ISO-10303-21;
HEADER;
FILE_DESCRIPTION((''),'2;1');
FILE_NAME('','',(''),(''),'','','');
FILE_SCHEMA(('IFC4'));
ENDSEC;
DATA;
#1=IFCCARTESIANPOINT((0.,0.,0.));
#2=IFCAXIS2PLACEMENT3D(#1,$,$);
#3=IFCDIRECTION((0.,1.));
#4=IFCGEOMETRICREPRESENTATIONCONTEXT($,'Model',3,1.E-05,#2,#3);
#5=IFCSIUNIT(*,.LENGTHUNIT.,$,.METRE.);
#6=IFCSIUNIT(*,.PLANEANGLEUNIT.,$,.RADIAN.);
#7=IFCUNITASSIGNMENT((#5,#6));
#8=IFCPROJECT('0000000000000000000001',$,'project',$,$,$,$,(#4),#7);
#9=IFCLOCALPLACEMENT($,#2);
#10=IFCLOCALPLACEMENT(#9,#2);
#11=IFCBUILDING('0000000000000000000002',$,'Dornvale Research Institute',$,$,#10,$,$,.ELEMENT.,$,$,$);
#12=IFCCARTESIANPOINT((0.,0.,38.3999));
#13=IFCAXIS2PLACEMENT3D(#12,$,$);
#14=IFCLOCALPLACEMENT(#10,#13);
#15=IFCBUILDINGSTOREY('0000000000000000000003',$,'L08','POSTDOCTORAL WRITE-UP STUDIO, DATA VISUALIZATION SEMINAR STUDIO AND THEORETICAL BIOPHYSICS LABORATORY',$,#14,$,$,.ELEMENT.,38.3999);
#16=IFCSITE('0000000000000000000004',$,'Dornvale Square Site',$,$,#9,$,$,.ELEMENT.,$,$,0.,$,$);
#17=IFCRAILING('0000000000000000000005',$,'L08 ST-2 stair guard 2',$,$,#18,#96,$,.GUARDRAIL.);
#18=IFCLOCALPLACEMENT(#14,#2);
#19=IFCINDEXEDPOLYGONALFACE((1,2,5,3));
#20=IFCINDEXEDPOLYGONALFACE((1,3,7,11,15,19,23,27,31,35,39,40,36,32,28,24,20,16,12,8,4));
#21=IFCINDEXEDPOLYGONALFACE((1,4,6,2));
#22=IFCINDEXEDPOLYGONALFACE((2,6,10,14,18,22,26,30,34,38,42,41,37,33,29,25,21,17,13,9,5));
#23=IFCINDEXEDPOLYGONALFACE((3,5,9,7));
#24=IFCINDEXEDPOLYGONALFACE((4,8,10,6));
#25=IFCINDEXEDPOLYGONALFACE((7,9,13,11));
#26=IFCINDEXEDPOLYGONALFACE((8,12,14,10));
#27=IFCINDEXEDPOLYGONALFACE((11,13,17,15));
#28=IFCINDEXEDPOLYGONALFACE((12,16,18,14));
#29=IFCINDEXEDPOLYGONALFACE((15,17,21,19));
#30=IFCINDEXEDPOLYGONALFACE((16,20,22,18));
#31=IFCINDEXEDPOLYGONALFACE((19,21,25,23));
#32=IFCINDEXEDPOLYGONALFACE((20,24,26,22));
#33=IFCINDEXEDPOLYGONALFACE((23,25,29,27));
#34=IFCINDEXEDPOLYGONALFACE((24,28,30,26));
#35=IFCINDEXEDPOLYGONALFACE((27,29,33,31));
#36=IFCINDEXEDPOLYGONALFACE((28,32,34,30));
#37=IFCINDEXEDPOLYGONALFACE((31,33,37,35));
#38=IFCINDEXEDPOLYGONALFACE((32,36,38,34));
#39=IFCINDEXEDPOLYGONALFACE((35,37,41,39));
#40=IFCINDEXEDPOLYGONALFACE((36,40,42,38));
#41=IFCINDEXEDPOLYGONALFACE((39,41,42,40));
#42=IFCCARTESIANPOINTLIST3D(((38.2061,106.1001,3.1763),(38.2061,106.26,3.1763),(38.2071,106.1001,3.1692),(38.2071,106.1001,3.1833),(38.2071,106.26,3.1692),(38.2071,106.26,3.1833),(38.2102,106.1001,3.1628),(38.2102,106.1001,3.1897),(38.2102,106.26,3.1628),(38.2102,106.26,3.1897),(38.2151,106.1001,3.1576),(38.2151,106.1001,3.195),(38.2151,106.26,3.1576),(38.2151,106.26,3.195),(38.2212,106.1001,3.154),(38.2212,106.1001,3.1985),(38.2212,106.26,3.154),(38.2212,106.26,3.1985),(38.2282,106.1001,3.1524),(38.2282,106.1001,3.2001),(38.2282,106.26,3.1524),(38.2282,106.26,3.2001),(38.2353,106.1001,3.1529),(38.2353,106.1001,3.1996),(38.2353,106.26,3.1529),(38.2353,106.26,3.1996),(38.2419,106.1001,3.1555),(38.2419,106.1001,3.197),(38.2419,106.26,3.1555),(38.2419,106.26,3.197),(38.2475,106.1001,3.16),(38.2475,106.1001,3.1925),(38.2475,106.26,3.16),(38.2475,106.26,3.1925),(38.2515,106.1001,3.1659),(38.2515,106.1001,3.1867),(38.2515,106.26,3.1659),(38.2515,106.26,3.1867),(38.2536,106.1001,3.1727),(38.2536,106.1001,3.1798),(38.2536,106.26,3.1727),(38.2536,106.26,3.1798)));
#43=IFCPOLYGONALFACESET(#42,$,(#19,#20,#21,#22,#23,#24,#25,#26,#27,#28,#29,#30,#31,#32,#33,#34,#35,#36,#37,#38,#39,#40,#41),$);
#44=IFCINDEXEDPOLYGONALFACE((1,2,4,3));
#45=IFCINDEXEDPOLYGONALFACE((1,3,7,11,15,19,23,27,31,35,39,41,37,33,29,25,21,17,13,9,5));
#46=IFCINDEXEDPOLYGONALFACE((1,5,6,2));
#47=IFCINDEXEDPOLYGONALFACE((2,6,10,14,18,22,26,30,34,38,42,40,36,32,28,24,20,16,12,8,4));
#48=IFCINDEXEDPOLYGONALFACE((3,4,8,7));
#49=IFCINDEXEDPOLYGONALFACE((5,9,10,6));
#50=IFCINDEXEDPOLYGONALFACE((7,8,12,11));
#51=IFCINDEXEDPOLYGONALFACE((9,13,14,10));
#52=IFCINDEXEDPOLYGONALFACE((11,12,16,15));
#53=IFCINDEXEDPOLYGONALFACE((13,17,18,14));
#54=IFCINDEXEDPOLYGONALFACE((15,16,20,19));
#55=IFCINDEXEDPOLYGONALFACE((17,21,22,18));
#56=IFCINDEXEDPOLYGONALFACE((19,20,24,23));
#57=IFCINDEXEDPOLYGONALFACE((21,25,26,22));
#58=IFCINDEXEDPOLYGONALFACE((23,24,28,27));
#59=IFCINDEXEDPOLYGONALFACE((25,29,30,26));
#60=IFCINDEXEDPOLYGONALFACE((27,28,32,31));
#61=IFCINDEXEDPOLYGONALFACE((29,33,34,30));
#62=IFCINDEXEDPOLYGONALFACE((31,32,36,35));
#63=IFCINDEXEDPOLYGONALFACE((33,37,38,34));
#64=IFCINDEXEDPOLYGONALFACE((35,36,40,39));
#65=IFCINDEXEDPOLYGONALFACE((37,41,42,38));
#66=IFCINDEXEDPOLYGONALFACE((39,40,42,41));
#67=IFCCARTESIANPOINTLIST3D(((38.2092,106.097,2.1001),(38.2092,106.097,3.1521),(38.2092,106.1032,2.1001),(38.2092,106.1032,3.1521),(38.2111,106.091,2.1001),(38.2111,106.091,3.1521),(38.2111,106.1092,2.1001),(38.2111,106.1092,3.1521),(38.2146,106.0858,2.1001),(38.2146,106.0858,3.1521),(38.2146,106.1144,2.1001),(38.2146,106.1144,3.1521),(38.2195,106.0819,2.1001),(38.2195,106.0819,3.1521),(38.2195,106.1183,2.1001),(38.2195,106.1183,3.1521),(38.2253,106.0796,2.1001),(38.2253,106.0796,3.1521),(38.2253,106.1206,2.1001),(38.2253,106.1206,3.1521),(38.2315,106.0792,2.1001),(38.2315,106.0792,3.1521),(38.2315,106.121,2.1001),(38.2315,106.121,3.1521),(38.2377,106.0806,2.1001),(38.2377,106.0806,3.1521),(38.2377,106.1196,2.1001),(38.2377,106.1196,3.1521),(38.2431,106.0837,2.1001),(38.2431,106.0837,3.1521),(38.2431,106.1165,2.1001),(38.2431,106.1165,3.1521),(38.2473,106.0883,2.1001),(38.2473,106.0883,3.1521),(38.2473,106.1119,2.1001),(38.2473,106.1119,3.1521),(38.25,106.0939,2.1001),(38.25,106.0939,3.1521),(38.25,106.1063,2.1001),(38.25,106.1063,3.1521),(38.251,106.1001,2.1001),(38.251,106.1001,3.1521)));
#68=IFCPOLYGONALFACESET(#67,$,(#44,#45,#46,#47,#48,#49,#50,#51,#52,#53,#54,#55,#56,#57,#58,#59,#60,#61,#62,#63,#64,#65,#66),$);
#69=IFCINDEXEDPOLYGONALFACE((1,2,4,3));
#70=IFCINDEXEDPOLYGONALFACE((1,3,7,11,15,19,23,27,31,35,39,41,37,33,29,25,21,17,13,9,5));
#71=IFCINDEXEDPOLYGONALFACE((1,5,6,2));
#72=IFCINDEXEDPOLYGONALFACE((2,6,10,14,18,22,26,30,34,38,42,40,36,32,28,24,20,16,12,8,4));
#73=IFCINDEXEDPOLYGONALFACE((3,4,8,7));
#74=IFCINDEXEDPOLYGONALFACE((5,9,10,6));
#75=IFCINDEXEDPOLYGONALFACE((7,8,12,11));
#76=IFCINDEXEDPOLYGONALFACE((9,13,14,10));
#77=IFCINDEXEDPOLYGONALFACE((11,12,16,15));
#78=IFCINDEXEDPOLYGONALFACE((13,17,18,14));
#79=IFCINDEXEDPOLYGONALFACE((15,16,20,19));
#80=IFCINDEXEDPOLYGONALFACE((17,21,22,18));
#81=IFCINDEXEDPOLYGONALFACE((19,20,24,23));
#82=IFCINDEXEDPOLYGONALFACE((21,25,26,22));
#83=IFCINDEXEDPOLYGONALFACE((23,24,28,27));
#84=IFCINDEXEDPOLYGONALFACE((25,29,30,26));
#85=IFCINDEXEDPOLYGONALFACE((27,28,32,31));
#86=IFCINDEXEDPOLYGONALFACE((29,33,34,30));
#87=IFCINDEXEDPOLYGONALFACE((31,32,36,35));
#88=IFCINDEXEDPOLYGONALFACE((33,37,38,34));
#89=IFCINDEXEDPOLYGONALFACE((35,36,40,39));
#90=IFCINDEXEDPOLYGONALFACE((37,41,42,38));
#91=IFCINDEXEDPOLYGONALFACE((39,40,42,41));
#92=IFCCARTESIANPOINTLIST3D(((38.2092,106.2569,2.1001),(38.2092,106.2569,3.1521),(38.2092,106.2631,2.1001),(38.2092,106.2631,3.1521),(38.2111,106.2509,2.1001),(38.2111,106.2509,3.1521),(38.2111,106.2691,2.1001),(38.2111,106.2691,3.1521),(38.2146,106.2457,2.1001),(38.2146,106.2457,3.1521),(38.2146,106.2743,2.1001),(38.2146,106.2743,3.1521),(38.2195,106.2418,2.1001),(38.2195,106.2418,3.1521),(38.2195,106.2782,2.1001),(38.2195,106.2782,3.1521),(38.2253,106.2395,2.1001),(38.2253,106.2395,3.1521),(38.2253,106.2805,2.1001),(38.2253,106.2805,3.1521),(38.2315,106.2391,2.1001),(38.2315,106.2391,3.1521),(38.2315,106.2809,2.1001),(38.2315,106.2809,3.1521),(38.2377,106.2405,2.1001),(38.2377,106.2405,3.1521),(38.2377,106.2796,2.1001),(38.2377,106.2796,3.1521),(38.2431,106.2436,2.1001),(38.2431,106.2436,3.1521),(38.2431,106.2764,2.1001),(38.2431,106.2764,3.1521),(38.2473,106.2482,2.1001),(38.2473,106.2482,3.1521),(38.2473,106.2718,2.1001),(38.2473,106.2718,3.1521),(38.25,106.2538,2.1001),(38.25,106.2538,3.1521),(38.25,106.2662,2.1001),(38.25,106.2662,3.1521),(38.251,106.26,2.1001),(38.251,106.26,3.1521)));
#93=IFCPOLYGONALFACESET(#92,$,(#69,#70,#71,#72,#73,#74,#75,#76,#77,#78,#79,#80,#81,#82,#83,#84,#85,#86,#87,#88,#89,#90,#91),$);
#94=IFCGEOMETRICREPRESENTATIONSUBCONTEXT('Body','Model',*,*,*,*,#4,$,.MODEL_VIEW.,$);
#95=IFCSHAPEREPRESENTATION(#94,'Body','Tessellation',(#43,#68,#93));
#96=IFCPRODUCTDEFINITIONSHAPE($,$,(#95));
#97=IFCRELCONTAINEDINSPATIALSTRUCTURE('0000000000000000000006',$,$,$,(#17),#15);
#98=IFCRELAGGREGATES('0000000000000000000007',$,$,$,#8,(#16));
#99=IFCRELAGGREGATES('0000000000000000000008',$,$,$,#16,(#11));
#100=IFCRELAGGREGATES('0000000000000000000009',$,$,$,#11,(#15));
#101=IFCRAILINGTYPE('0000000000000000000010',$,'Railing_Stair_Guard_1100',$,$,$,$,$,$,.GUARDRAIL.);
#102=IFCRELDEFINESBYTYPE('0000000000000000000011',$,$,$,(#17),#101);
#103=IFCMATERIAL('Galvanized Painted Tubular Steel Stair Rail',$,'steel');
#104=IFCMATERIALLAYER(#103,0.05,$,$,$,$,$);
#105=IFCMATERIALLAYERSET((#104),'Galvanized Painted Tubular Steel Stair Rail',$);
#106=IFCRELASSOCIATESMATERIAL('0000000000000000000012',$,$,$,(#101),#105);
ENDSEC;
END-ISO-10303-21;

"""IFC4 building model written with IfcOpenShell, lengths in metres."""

from ifc_helpers import new_model, si_unit, direction, frame, origin, origin_2d, place, context, subcontext, project, spatial, circle, extrude, material, layer, layer_set, type_object, element, save


model = new_model("IFC4")

# Units and contexts
model_context = context("Model", 3, precision=1e-05, world=origin(), true_north=direction((0.0, 1.0)))
body_context = subcontext(model_context, "Body", "Model", "MODEL_VIEW")
ifc_project = project(units=[si_unit("LENGTHUNIT", "METRE"), si_unit("PLANEANGLEUNIT", "RADIAN")], contexts=[model_context])

# Site, building, storey
site_placement = place(None, origin())
site = spatial("IfcSite", under=ifc_project, at=site_placement, Name="Dornvale Square Site", CompositionType="ELEMENT", RefElevation=0.0)
building_placement = place(site_placement, origin())
building = spatial("IfcBuilding", under=site, at=building_placement, Name="Dornvale Research Institute", CompositionType="ELEMENT")
storey_placement = place(building_placement, frame((0.0, 0.0, 38.3999)))
storey = spatial("IfcBuildingStorey", under=building, at=storey_placement, Name="L08", Description="POSTDOCTORAL WRITE-UP STUDIO, DATA VISUALIZATION SEMINAR STUDIO AND THEORETICAL BIOPHYSICS LABORATORY", CompositionType="ELEMENT", Elevation=38.3999)

# Railing
ifc_material_1 = material(Name="Galvanized Painted Tubular Steel Stair Rail", Category="steel")
ifc_layer_1 = layer(ifc_material_1, 0.05)
ifc_layer_set_1 = layer_set([ifc_layer_1], Name="Galvanized Painted Tubular Steel Stair Rail")
railing_type_1 = type_object("IfcRailingType", Name="Railing_Stair_Guard_1100", PredefinedType="GUARDRAIL", material=ifc_layer_set_1)
railing_1_placement = place(storey_placement, frame((38.23, 106.1001, 2.1001)))
element("IfcRailing", 1, at=railing_1_placement, inside=storey, type_object=railing_type_1, Name="L08 ST-2 stair guard 2", PredefinedType="GUARDRAIL", context=body_context, shape_type="SweptSolid", body=[
    extrude(circle(Radius=0.0239, at=origin_2d()), frame((0.0, 0.0, 1.0762), z_axis=(0.0, 1.0, 0.0), x_axis=(-1.0, 0.0, 0.0)), (0.0, 0.0, 1.0), 0.1599),
    extrude(circle(Radius=0.021, at=origin_2d()), origin(), (0.0, 0.0, 1.0), 1.052),
    extrude(circle(Radius=0.021, at=origin_2d()), frame((0.0, 0.1599, 0.0)), (0.0, 0.0, 1.0), 1.052),
])

save(model, "model.ifc")
